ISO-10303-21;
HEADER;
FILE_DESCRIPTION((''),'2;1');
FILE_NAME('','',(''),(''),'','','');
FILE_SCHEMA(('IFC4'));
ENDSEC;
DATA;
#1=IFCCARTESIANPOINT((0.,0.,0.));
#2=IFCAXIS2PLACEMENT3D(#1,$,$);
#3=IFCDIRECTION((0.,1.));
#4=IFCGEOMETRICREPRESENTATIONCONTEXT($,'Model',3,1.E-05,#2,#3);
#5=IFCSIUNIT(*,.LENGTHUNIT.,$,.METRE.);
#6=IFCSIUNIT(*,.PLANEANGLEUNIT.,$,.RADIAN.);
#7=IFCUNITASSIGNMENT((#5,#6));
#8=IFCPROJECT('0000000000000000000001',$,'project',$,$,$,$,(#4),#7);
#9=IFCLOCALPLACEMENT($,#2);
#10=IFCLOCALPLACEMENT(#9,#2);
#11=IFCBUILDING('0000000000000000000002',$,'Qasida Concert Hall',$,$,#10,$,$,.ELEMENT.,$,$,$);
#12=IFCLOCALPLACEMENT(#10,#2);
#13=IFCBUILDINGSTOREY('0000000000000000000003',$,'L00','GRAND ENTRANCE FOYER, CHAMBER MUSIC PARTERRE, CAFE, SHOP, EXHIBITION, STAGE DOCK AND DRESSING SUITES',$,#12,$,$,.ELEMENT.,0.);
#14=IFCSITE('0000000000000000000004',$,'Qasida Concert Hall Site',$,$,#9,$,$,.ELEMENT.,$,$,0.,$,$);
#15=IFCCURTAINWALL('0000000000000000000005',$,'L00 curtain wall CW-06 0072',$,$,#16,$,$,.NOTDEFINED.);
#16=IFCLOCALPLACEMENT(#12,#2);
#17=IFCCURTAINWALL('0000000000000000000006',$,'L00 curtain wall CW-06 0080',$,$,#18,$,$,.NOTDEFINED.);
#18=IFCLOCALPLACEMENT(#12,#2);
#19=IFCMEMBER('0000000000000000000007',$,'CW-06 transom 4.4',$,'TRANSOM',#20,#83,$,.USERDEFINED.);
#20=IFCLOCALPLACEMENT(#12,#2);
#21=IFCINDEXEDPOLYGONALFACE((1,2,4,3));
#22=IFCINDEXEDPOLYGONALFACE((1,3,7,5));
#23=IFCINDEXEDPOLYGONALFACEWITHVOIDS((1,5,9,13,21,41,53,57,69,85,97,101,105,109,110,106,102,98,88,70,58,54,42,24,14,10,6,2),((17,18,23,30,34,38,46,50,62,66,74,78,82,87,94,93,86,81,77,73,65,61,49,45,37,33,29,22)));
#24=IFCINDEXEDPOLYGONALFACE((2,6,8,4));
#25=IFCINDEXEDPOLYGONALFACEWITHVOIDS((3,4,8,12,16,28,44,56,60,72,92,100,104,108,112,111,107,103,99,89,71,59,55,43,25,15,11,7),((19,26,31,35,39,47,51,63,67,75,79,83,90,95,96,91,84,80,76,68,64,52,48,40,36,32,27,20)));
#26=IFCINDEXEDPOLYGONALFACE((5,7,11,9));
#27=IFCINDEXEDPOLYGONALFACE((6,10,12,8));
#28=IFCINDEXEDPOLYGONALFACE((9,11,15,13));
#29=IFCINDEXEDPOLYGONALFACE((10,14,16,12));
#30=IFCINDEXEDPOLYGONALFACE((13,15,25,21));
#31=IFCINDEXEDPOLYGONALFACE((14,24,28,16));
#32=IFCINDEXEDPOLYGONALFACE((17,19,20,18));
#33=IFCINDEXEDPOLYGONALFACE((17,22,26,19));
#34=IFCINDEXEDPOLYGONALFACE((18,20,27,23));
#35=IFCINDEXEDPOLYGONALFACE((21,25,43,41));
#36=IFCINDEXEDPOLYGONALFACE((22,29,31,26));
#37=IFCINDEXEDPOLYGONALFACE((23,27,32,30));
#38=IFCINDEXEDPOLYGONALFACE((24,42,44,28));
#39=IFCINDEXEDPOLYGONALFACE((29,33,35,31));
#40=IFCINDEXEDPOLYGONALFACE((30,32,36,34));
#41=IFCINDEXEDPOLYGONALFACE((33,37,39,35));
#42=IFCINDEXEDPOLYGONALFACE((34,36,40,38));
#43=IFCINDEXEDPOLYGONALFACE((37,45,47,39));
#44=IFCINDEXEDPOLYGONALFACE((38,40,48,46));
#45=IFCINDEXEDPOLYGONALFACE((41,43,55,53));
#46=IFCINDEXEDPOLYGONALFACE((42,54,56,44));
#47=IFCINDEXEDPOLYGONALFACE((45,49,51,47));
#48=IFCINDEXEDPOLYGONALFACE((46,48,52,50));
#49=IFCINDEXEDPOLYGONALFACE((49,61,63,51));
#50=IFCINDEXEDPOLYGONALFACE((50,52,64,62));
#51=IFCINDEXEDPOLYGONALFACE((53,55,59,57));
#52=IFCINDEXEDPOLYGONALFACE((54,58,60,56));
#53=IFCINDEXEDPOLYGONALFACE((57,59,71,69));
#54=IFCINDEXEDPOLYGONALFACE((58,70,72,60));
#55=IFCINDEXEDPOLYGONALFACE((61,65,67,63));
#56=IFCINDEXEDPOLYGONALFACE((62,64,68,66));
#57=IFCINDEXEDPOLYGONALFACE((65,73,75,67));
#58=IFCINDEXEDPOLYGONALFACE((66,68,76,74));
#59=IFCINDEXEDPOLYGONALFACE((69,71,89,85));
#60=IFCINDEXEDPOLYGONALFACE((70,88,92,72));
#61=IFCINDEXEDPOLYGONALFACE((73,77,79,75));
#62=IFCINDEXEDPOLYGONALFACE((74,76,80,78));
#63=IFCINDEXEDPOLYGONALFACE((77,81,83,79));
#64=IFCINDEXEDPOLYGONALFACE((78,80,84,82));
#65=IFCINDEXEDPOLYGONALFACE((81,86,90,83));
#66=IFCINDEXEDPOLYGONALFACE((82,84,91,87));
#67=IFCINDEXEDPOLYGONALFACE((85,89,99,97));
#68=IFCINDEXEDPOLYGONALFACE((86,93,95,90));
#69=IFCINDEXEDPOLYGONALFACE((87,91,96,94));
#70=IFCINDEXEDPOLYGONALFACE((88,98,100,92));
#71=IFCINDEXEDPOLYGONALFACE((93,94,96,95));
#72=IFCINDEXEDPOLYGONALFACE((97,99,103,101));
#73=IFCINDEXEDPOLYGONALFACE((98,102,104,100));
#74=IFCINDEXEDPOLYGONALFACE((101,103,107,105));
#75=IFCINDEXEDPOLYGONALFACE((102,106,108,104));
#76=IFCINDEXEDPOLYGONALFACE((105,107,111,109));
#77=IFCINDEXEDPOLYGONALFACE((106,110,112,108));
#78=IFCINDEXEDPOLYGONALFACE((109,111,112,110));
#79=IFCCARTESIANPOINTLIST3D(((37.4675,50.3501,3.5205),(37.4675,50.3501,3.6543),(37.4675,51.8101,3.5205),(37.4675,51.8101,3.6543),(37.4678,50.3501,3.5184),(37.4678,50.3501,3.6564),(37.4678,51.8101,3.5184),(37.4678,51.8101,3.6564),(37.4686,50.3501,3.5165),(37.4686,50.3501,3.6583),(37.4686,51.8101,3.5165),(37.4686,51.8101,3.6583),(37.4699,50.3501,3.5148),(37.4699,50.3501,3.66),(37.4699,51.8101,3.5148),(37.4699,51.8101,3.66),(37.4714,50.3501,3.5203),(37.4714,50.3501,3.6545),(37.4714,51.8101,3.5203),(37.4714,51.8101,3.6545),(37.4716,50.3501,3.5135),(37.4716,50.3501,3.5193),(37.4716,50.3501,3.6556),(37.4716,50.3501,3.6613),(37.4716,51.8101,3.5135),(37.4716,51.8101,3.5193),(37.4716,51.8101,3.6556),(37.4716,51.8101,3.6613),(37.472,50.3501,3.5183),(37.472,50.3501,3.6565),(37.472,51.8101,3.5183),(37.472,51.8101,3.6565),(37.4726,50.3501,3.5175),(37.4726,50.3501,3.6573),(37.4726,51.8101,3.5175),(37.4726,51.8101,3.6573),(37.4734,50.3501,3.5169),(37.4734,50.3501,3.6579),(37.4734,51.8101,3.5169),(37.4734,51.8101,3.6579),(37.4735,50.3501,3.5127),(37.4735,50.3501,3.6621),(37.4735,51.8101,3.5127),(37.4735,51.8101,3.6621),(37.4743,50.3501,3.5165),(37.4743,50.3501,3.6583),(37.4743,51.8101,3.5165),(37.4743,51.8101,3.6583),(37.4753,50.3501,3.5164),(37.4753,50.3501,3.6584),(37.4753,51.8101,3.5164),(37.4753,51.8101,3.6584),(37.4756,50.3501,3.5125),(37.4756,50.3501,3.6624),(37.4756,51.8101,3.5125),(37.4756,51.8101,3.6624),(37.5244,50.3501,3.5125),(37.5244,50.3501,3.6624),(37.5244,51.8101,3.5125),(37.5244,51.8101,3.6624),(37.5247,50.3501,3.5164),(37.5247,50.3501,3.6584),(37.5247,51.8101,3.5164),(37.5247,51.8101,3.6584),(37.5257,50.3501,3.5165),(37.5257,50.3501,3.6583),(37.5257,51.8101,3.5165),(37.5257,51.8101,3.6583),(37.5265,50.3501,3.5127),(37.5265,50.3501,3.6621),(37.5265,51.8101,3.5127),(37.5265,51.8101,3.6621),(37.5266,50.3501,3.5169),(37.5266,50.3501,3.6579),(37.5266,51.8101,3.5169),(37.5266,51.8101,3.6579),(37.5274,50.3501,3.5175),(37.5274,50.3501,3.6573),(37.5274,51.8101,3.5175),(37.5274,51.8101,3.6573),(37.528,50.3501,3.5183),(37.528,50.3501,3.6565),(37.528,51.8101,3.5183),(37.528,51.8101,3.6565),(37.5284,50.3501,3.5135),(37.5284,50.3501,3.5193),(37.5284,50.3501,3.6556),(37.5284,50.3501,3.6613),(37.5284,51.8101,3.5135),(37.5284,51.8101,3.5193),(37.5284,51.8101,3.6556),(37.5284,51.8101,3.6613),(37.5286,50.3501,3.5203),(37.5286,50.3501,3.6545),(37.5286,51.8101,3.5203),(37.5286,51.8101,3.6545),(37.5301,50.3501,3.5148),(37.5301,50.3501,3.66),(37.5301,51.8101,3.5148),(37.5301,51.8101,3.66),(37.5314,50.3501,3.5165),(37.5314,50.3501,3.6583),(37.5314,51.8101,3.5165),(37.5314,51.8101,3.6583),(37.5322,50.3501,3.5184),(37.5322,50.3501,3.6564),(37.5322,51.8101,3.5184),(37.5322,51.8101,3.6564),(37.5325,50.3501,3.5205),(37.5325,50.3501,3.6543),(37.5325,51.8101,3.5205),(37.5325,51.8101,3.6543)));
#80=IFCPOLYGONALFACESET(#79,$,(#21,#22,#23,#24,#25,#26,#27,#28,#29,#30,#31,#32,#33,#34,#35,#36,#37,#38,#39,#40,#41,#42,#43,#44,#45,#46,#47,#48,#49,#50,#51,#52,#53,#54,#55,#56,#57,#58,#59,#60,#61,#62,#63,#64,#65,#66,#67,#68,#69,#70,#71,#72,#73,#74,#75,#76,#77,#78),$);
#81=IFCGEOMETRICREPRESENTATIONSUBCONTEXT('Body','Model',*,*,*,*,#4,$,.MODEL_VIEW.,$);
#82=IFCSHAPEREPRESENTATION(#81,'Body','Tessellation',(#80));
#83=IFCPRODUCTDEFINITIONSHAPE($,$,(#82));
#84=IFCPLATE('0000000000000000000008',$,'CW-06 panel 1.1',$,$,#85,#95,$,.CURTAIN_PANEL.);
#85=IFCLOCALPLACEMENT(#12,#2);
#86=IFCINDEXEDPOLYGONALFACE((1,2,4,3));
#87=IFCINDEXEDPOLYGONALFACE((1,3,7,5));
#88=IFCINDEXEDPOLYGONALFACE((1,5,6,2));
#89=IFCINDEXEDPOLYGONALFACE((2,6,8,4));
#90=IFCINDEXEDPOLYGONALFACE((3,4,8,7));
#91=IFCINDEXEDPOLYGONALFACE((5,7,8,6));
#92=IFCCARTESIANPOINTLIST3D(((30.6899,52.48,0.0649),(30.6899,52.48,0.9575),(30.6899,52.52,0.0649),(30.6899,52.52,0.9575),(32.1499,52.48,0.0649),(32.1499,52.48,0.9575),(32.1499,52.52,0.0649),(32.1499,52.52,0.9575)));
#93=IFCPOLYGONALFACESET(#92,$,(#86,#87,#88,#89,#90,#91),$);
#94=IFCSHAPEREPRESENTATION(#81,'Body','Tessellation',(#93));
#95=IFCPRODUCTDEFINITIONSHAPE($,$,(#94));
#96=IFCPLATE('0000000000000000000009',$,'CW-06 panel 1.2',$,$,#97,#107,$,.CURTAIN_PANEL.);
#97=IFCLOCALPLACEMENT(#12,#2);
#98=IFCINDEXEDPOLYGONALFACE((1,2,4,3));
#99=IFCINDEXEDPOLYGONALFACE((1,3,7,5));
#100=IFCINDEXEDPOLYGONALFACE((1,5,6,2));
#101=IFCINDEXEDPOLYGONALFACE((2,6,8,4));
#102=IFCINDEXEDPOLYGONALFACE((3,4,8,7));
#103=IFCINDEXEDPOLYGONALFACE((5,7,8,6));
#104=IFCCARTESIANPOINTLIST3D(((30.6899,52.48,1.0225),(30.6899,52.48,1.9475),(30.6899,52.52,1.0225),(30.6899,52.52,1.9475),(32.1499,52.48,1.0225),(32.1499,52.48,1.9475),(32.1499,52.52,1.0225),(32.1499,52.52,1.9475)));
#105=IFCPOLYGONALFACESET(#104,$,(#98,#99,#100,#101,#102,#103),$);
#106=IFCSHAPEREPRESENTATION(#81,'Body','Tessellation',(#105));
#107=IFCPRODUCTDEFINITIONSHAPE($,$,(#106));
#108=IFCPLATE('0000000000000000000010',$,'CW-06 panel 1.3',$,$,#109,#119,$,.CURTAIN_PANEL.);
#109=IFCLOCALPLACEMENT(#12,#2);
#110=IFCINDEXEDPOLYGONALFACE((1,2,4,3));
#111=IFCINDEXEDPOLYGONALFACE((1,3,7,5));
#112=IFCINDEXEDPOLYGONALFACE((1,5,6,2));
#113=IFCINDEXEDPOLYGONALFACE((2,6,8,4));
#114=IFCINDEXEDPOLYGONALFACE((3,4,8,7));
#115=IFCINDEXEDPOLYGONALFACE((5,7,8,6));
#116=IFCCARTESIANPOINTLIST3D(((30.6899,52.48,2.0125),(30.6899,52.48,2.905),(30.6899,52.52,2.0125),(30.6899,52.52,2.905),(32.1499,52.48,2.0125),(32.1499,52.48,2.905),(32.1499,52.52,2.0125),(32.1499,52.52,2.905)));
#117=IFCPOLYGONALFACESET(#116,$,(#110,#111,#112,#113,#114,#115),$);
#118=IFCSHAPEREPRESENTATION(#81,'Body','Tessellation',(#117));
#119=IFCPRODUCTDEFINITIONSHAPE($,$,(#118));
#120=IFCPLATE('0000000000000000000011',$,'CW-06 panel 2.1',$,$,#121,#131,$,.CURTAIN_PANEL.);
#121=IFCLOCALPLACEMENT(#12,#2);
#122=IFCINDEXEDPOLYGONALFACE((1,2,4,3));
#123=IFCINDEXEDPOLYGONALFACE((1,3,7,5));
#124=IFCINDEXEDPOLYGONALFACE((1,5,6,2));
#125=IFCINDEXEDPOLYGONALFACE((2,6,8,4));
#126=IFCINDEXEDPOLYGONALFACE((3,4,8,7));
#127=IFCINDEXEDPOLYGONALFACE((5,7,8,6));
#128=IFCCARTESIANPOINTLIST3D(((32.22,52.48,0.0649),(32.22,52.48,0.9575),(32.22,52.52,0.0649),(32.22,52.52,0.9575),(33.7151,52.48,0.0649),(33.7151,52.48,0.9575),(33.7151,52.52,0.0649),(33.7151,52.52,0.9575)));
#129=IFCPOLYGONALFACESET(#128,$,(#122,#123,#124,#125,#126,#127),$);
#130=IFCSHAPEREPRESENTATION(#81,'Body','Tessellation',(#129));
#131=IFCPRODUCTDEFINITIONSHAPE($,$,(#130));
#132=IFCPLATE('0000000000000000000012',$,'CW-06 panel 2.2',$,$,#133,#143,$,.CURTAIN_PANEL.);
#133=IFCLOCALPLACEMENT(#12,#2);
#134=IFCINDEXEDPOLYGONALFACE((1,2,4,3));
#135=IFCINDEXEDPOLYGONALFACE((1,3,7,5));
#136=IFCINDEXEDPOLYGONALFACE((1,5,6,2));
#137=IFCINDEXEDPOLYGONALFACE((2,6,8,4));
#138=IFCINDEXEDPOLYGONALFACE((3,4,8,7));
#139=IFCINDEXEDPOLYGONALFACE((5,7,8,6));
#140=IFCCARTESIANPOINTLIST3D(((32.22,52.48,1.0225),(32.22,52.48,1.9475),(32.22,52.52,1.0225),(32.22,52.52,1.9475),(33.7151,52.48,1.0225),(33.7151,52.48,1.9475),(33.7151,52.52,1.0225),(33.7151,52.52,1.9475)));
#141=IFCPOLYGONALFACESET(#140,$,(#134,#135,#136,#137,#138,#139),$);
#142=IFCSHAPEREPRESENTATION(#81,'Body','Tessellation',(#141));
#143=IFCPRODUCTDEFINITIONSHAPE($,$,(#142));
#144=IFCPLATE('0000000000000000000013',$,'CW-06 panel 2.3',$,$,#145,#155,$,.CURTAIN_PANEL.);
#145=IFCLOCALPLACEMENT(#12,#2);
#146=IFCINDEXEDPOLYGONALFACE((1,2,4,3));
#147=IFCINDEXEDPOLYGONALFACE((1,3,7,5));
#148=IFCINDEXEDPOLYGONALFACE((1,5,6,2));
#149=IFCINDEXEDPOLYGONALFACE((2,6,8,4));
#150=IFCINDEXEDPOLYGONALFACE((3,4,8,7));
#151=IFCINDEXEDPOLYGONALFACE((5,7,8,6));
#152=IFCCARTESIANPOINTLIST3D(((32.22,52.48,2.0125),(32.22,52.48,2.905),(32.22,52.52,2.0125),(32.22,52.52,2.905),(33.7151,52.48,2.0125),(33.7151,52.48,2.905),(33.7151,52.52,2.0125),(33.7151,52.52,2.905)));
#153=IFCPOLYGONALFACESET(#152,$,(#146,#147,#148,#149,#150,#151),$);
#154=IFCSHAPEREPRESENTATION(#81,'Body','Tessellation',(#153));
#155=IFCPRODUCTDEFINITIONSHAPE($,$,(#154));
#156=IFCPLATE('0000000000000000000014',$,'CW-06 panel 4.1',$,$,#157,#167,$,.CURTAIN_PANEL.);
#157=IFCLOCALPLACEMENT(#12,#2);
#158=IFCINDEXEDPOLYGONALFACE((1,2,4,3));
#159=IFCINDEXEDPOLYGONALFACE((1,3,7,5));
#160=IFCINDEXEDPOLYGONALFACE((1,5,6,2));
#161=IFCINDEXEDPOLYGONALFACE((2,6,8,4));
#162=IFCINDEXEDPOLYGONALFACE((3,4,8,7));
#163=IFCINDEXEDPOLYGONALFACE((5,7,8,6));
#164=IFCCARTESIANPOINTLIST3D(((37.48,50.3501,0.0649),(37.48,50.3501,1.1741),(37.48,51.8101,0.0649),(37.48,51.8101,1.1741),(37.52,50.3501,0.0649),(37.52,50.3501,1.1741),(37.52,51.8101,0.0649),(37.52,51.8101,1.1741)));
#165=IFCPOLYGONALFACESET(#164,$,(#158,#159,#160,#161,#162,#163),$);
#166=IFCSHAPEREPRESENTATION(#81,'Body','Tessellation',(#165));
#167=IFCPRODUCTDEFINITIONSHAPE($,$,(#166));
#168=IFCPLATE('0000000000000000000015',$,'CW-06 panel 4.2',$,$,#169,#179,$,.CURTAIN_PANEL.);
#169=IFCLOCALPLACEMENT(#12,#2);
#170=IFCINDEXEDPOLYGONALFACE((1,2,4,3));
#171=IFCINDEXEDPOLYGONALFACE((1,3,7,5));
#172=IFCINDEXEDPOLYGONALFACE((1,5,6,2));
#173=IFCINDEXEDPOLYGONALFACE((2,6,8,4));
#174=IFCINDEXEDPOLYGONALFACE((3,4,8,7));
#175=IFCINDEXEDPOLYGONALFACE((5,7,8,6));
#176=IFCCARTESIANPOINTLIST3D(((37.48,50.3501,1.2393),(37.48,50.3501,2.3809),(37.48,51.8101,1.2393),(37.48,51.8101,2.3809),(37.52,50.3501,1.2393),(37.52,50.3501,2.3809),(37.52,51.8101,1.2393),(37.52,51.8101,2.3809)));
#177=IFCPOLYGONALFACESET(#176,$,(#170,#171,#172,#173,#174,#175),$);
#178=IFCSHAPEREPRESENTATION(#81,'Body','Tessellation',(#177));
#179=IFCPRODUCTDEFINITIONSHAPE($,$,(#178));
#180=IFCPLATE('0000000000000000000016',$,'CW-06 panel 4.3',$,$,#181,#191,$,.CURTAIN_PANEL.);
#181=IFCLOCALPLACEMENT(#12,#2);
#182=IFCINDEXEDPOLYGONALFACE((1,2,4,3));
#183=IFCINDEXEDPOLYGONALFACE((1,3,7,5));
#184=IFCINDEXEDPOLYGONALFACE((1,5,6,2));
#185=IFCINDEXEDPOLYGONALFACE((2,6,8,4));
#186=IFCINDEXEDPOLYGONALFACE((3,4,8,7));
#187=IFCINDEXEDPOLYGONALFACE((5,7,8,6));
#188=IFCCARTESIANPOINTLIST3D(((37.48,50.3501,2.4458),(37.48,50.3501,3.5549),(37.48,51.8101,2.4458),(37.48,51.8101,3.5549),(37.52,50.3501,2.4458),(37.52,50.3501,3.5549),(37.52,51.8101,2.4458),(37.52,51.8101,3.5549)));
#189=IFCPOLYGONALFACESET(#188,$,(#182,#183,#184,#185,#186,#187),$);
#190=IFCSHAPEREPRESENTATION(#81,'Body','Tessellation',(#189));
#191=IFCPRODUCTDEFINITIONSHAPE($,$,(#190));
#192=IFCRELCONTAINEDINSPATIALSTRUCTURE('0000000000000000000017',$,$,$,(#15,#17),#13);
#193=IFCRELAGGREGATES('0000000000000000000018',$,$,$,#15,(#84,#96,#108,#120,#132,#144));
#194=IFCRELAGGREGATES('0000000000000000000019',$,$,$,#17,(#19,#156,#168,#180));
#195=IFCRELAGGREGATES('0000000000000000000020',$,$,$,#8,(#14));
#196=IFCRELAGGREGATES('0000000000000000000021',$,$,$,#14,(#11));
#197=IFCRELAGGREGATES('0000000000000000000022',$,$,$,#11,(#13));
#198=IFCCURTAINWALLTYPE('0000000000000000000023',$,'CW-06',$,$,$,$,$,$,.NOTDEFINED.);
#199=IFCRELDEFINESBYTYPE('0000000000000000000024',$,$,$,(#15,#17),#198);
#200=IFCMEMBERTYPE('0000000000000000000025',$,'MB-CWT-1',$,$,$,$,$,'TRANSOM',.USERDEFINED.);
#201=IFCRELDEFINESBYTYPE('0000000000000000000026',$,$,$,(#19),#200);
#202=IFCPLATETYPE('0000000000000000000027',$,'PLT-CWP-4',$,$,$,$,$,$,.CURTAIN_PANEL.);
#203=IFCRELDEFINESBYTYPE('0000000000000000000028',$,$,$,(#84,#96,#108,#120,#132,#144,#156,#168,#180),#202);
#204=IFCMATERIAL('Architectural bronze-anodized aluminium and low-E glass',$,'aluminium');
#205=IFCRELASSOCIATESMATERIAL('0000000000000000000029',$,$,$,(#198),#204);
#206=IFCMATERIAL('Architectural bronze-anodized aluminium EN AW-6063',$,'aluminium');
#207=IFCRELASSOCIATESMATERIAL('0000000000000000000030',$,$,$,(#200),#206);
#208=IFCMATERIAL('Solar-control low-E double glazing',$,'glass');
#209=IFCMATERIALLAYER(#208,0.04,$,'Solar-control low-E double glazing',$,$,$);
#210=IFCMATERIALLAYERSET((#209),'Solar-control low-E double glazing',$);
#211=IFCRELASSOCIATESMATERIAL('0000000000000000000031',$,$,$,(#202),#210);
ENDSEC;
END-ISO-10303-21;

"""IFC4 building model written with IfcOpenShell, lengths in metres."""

from ifc_helpers import new_model, si_unit, direction, frame, origin, origin_2d, place, context, subcontext, project, spatial, rectangle, hollow_rectangle, extrude, material, layer, layer_set, material_profile, profile_set, type_object, element, aggregate, save


model = new_model("IFC4")

# Units and contexts
model_context = context("Model", 3, precision=1e-05, world=origin(), true_north=direction((0.0, 1.0)))
body_context = subcontext(model_context, "Body", "Model", "MODEL_VIEW")
ifc_project = project(units=[si_unit("LENGTHUNIT", "METRE"), si_unit("PLANEANGLEUNIT", "RADIAN")], contexts=[model_context])

# Site, building, storey
site_placement = place(None, origin())
site = spatial("IfcSite", under=ifc_project, at=site_placement, Name="Qasida Concert Hall Site", CompositionType="ELEMENT", RefElevation=0.0)
building_placement = place(site_placement, origin())
building = spatial("IfcBuilding", under=site, at=building_placement, Name="Qasida Concert Hall", CompositionType="ELEMENT")
storey_placement = place(building_placement, origin())
storey = spatial("IfcBuildingStorey", under=building, at=storey_placement, Name="L00", Description="GRAND ENTRANCE FOYER, CHAMBER MUSIC PARTERRE, CAFE, SHOP, EXHIBITION, STAGE DOCK AND DRESSING SUITES", CompositionType="ELEMENT", Elevation=0.0)

# Curtain wall
ifc_material_1 = material(Name="Architectural bronze-anodized aluminium and low-E glass", Category="aluminium")
curtain_wall_type = type_object("IfcCurtainWallType", Name="CW-06", PredefinedType="NOTDEFINED", material=ifc_material_1)
curtain_wall_1_placement = place(storey_placement, origin())
curtain_wall_1 = element("IfcCurtainWall", 1, at=curtain_wall_1_placement, inside=storey, type_object=curtain_wall_type, Name="L00 curtain wall CW-06 0072", PredefinedType="NOTDEFINED")
ifc_material_2 = material(Name="Architectural bronze-anodized aluminium EN AW-6063", Category="aluminium")

# Curtain wall
curtain_wall_2_placement = place(storey_placement, origin())
curtain_wall_2 = element("IfcCurtainWall", 2, at=curtain_wall_2_placement, inside=storey, type_object=curtain_wall_type, Name="L00 curtain wall CW-06 0080", PredefinedType="NOTDEFINED")

# Member
ifc_material_profile_1 = material_profile(ifc_material_2, hollow_rectangle(XDim=0.0649, YDim=0.1499, WallThickness=0.0039, InnerFilletRadius=0.0039, OuterFilletRadius=0.0081, at=origin_2d()), Name="CWT 150x65x4")
ifc_profile_set_1 = profile_set([ifc_material_profile_1], Name="Architectural bronze-anodized aluminium EN AW-6063")
member_type_1 = type_object("IfcMemberType", Name="MB-CWT-1", ElementType="TRANSOM", PredefinedType="USERDEFINED", material=ifc_profile_set_1)
member_1_placement = place(storey_placement, frame((37.5, 50.3501, 3.5874), z_axis=(0.0, 1.0, 0.0), x_axis=(-1.0, 0.0, 0.0)))
member_1 = element("IfcMember", 3, at=member_1_placement, type_object=member_type_1, Name="CW-06 transom 4.4", ObjectType="TRANSOM", PredefinedType="USERDEFINED", context=body_context, shape_type="SweptSolid", body=[
    extrude(hollow_rectangle(XDim=0.0649, YDim=0.1499, WallThickness=0.0039, InnerFilletRadius=0.0039, OuterFilletRadius=0.0081, at=origin_2d()), origin(), (0.0, 0.0, 1.0), 1.46),
])

# Plates
ifc_material_3 = material(Name="Solar-control low-E double glazing", Category="glass")
ifc_layer = layer(ifc_material_3, 0.04, Name="Solar-control low-E double glazing")
ifc_layer_set = layer_set([ifc_layer], Name="Solar-control low-E double glazing")
plate_type = type_object("IfcPlateType", Name="PLT-CWP-4", PredefinedType="CURTAIN_PANEL", material=ifc_layer_set)
plate_1_placement = place(storey_placement, frame((31.4199, 52.5, 0.0649), z_axis=(0.0, 0.0, 1.0), x_axis=(1.0, 0.0, 0.0)))
plate_1 = element("IfcPlate", 4, at=plate_1_placement, type_object=plate_type, Name="CW-06 panel 1.1", PredefinedType="CURTAIN_PANEL", context=body_context, shape_type="SweptSolid", body=[
    extrude(rectangle(XDim=1.46, YDim=0.04, at=origin_2d()), origin(), (0.0, 0.0, 1.0), 0.8926),
])
plate_2_placement = place(storey_placement, frame((31.4199, 52.5, 1.0225), z_axis=(0.0, 0.0, 1.0), x_axis=(1.0, 0.0, 0.0)))
plate_2 = element("IfcPlate", 5, at=plate_2_placement, type_object=plate_type, Name="CW-06 panel 1.2", PredefinedType="CURTAIN_PANEL", context=body_context, shape_type="SweptSolid", body=[
    extrude(rectangle(XDim=1.46, YDim=0.04, at=origin_2d()), origin(), (0.0, 0.0, 1.0), 0.925),
])
plate_3_placement = place(storey_placement, frame((31.4199, 52.5, 2.0125), z_axis=(0.0, 0.0, 1.0), x_axis=(1.0, 0.0, 0.0)))
plate_3 = element("IfcPlate", 6, at=plate_3_placement, type_object=plate_type, Name="CW-06 panel 1.3", PredefinedType="CURTAIN_PANEL", context=body_context, shape_type="SweptSolid", body=[
    extrude(rectangle(XDim=1.46, YDim=0.04, at=origin_2d()), origin(), (0.0, 0.0, 1.0), 0.8926),
])
plate_4_placement = place(storey_placement, frame((32.9675, 52.5, 0.0649), z_axis=(0.0, 0.0, 1.0), x_axis=(1.0, 0.0, 0.0)))
plate_4 = element("IfcPlate", 7, at=plate_4_placement, type_object=plate_type, Name="CW-06 panel 2.1", PredefinedType="CURTAIN_PANEL", context=body_context, shape_type="SweptSolid", body=[
    extrude(rectangle(XDim=1.4951, YDim=0.04, at=origin_2d()), origin(), (0.0, 0.0, 1.0), 0.8926),
])
plate_5_placement = place(storey_placement, frame((32.9675, 52.5, 1.0225), z_axis=(0.0, 0.0, 1.0), x_axis=(1.0, 0.0, 0.0)))
plate_5 = element("IfcPlate", 8, at=plate_5_placement, type_object=plate_type, Name="CW-06 panel 2.2", PredefinedType="CURTAIN_PANEL", context=body_context, shape_type="SweptSolid", body=[
    extrude(rectangle(XDim=1.4951, YDim=0.04, at=origin_2d()), origin(), (0.0, 0.0, 1.0), 0.925),
])
plate_6_placement = place(storey_placement, frame((32.9675, 52.5, 2.0125), z_axis=(0.0, 0.0, 1.0), x_axis=(1.0, 0.0, 0.0)))
plate_6 = element("IfcPlate", 9, at=plate_6_placement, type_object=plate_type, Name="CW-06 panel 2.3", PredefinedType="CURTAIN_PANEL", context=body_context, shape_type="SweptSolid", body=[
    extrude(rectangle(XDim=1.4951, YDim=0.04, at=origin_2d()), origin(), (0.0, 0.0, 1.0), 0.8926),
])
aggregate(curtain_wall_1, [plate_1, plate_2, plate_3, plate_4, plate_5, plate_6])
plate_7_placement = place(storey_placement, frame((37.5, 51.0801, 0.0649), z_axis=(0.0, 0.0, 1.0), x_axis=(0.0, 1.0, 0.0)))
plate_7 = element("IfcPlate", 10, at=plate_7_placement, type_object=plate_type, Name="CW-06 panel 4.1", PredefinedType="CURTAIN_PANEL", context=body_context, shape_type="SweptSolid", body=[
    extrude(rectangle(XDim=1.46, YDim=0.04, at=origin_2d()), origin(), (0.0, 0.0, 1.0), 1.1091),
])
plate_8_placement = place(storey_placement, frame((37.5, 51.0801, 1.2393), z_axis=(0.0, 0.0, 1.0), x_axis=(0.0, 1.0, 0.0)))
plate_8 = element("IfcPlate", 11, at=plate_8_placement, type_object=plate_type, Name="CW-06 panel 4.2", PredefinedType="CURTAIN_PANEL", context=body_context, shape_type="SweptSolid", body=[
    extrude(rectangle(XDim=1.46, YDim=0.04, at=origin_2d()), origin(), (0.0, 0.0, 1.0), 1.1416),
])
plate_9_placement = place(storey_placement, frame((37.5, 51.0801, 2.4458), z_axis=(0.0, 0.0, 1.0), x_axis=(0.0, 1.0, 0.0)))
plate_9 = element("IfcPlate", 12, at=plate_9_placement, type_object=plate_type, Name="CW-06 panel 4.3", PredefinedType="CURTAIN_PANEL", context=body_context, shape_type="SweptSolid", body=[
    extrude(rectangle(XDim=1.46, YDim=0.04, at=origin_2d()), origin(), (0.0, 0.0, 1.0), 1.1091),
])
aggregate(curtain_wall_2, [member_1, plate_7, plate_8, plate_9])

save(model, "model.ifc")
